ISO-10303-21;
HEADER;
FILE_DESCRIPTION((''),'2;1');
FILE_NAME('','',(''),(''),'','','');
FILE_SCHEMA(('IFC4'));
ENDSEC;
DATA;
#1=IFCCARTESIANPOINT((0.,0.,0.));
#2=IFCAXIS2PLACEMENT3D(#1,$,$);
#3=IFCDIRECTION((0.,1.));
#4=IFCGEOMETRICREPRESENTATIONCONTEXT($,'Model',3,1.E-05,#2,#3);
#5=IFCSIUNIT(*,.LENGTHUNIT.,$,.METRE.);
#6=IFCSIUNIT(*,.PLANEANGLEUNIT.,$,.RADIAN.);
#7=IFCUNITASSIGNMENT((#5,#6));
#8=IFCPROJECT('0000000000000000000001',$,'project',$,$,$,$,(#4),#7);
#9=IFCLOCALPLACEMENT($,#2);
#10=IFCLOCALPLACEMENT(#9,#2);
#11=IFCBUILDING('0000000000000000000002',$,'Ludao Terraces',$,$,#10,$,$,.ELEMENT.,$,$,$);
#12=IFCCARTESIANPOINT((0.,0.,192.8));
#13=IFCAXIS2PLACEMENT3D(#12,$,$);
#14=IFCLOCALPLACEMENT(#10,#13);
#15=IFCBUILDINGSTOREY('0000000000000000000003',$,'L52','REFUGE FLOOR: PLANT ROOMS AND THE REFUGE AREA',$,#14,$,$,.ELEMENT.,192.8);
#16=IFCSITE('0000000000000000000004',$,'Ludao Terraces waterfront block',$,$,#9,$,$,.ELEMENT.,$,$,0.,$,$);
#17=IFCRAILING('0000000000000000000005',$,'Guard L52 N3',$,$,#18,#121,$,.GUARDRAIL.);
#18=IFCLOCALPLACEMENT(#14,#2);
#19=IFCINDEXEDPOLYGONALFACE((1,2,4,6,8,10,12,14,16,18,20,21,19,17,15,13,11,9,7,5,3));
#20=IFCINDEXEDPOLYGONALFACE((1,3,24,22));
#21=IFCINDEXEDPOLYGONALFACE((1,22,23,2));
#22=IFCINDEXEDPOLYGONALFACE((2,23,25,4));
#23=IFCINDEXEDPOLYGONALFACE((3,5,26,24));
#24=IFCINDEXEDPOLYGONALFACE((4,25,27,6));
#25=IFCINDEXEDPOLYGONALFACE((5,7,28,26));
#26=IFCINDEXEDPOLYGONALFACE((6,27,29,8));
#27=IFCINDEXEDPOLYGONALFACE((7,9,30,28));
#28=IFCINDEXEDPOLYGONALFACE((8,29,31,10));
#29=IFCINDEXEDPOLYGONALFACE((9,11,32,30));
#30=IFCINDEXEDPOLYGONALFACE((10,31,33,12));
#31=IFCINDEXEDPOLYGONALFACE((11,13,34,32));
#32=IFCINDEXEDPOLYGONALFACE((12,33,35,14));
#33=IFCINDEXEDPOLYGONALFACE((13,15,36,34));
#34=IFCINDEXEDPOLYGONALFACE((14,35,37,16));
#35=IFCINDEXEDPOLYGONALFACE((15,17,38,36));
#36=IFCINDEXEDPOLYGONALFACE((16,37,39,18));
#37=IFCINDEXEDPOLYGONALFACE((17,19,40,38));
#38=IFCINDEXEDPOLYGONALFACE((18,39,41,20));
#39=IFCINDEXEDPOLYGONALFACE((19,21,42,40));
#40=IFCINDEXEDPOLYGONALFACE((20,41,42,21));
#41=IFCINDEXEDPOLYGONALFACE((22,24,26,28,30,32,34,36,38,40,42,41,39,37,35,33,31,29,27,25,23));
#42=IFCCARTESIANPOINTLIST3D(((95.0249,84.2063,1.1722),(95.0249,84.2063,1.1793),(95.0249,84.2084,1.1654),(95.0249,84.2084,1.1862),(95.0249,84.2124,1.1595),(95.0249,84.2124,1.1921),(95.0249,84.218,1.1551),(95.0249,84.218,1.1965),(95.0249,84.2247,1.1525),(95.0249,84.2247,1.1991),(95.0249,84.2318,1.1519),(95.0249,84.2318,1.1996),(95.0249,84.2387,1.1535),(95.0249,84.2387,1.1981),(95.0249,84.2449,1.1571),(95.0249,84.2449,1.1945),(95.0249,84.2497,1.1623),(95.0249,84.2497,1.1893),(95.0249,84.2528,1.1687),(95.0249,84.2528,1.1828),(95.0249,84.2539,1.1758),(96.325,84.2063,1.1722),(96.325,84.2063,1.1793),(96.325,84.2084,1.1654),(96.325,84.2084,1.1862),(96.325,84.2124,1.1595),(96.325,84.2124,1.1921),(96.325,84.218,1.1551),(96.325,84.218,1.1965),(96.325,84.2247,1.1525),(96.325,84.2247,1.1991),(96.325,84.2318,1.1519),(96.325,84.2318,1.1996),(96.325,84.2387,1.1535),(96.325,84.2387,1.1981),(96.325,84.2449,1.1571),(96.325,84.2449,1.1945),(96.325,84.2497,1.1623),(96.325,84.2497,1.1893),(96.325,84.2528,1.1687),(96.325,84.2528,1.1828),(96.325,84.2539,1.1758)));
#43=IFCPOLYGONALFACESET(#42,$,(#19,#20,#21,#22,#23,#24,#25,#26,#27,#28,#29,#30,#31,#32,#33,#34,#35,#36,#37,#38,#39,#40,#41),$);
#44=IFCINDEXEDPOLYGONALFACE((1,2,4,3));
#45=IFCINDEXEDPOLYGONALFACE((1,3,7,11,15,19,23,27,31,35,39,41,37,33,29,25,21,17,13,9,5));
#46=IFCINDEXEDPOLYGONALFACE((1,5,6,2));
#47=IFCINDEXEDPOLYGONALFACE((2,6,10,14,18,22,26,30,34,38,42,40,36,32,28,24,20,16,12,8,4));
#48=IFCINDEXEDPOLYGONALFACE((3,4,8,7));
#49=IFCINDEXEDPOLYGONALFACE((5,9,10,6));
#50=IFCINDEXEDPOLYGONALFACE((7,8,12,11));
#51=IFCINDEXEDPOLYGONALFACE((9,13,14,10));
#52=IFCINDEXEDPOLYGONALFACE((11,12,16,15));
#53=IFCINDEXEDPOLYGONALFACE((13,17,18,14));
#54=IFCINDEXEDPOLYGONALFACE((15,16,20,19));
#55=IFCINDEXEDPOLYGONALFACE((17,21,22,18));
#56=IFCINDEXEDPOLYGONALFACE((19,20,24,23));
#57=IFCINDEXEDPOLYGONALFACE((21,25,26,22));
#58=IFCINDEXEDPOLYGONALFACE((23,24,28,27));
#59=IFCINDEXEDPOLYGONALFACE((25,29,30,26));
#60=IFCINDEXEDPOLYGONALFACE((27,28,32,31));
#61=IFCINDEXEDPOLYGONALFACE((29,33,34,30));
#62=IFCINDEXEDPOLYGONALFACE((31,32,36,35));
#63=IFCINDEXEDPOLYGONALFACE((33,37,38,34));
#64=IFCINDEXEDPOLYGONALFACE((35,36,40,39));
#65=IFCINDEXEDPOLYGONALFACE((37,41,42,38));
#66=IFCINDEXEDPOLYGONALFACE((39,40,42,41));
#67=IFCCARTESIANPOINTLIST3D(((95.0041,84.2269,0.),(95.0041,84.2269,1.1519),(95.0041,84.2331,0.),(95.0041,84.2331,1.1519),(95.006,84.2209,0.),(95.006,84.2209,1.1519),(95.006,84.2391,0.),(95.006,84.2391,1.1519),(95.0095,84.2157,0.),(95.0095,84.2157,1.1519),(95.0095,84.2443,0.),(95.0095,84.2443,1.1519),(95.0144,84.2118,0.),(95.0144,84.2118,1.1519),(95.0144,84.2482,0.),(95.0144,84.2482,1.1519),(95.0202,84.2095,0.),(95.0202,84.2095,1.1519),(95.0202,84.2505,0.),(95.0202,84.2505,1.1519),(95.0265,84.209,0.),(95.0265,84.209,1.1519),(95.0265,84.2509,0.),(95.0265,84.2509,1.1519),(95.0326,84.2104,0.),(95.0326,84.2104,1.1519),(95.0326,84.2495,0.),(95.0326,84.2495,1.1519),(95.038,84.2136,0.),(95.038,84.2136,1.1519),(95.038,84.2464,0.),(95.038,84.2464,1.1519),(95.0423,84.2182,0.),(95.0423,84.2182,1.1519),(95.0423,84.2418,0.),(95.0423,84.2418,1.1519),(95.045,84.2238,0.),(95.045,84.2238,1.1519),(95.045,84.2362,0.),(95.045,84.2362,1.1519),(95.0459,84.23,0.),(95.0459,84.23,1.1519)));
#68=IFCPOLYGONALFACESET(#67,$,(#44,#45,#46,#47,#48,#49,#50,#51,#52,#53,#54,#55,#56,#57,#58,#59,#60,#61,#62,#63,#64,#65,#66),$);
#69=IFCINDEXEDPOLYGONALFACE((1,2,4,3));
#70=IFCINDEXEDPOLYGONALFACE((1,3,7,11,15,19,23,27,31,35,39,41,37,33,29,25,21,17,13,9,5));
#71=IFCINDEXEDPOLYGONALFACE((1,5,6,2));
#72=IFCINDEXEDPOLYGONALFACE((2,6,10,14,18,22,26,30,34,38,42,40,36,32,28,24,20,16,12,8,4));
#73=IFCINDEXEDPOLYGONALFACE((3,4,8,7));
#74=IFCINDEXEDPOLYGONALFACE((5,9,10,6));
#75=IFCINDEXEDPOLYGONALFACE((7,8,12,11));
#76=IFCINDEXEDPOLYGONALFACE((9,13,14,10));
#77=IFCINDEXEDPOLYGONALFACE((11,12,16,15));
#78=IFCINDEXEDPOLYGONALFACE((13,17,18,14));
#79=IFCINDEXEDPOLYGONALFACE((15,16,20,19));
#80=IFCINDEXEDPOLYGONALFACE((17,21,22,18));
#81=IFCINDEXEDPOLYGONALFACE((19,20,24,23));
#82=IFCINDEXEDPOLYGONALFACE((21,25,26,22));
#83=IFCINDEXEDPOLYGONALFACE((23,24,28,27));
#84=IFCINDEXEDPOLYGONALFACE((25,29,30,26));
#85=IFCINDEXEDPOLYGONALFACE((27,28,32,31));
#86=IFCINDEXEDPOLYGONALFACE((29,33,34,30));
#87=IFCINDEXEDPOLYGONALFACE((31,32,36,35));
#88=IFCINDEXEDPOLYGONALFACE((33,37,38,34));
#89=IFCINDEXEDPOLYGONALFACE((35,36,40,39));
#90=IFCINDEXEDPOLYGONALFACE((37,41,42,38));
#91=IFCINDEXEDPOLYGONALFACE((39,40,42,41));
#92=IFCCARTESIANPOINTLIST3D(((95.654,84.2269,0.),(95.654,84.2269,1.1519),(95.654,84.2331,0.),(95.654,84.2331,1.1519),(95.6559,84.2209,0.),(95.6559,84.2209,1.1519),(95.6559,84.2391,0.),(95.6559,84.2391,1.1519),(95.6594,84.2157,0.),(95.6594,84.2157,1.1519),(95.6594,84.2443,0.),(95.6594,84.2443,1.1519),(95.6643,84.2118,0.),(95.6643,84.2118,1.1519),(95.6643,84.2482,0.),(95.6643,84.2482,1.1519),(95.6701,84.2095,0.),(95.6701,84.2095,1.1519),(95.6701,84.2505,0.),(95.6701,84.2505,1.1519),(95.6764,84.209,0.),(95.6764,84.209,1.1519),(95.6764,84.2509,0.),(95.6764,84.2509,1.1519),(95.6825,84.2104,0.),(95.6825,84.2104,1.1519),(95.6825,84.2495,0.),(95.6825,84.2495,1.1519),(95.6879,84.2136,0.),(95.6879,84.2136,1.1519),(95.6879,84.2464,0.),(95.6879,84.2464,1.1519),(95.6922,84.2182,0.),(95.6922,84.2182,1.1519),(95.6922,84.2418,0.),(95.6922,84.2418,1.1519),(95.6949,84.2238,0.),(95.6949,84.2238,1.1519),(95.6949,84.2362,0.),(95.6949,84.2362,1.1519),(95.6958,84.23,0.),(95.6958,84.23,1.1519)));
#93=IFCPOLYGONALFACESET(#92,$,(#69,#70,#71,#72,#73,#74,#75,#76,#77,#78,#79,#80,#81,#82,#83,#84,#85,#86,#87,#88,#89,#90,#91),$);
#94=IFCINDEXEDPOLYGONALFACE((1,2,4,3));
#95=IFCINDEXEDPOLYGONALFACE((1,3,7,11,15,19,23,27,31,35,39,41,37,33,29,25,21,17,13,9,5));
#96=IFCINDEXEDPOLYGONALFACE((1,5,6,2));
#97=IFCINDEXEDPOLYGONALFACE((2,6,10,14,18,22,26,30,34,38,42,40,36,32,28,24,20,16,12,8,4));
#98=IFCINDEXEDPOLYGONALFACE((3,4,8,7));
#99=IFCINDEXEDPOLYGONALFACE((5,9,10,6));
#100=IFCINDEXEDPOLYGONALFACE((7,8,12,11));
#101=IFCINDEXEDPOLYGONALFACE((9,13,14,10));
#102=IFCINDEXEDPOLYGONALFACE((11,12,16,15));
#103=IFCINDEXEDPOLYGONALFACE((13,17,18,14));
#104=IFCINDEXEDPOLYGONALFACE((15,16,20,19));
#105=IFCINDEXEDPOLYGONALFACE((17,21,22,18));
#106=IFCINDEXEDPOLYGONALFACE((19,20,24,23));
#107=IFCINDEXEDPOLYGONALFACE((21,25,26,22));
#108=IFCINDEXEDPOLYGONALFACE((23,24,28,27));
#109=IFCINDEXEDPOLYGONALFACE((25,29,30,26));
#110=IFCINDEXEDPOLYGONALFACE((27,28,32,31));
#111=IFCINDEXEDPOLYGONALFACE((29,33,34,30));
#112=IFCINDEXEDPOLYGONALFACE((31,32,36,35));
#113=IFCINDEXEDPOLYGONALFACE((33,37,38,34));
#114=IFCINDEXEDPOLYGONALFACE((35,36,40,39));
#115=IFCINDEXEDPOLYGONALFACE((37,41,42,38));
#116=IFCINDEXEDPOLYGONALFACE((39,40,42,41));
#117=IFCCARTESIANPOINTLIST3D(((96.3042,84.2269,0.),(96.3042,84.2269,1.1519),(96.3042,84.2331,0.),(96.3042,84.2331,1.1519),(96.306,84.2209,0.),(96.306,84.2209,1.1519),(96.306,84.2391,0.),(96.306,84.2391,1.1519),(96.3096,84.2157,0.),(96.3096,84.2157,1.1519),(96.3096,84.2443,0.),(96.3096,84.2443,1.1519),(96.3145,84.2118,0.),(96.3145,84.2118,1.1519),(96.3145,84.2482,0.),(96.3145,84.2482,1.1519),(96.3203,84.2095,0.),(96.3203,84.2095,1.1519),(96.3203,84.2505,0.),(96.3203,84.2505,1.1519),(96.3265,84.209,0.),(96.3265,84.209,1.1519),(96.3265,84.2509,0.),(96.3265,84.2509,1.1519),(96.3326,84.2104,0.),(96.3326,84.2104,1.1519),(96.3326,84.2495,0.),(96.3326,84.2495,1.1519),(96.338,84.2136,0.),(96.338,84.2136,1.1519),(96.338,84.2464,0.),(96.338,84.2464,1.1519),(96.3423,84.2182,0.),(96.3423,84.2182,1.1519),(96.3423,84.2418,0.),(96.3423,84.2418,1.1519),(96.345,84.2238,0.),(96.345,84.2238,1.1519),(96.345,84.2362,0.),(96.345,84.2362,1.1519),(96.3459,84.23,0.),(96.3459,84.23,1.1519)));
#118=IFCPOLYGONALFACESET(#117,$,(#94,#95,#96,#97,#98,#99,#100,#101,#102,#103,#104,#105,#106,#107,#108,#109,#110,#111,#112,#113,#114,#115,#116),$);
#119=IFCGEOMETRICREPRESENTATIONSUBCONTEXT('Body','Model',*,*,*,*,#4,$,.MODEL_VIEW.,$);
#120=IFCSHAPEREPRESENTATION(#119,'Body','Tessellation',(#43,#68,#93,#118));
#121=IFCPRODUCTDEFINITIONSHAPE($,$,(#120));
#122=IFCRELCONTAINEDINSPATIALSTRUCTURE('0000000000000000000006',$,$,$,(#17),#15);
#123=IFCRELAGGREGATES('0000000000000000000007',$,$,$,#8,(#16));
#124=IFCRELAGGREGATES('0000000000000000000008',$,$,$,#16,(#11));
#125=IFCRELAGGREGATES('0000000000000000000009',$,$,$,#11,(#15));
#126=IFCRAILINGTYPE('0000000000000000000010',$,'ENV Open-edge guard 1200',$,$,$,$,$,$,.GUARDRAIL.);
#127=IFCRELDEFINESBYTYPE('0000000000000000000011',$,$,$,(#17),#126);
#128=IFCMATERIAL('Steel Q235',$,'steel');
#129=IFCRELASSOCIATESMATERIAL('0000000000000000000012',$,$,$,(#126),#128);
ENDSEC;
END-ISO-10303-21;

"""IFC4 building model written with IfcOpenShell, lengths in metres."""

from ifc_helpers import new_model, si_unit, direction, frame, origin, origin_2d, place, context, subcontext, project, spatial, circle, extrude, material, type_object, element, save


model = new_model("IFC4")

# Units and contexts
model_context = context("Model", 3, precision=1e-05, world=origin(), true_north=direction((0.0, 1.0)))
body_context = subcontext(model_context, "Body", "Model", "MODEL_VIEW")
ifc_project = project(units=[si_unit("LENGTHUNIT", "METRE"), si_unit("PLANEANGLEUNIT", "RADIAN")], contexts=[model_context])

# Site, building, storey
site_placement = place(None, origin())
site = spatial("IfcSite", under=ifc_project, at=site_placement, Name="Ludao Terraces waterfront block", CompositionType="ELEMENT", RefElevation=0.0)
building_placement = place(site_placement, origin())
building = spatial("IfcBuilding", under=site, at=building_placement, Name="Ludao Terraces", CompositionType="ELEMENT")
storey_placement = place(building_placement, frame((0.0, 0.0, 192.8)))
storey = spatial("IfcBuildingStorey", under=building, at=storey_placement, Name="L52", Description="REFUGE FLOOR: PLANT ROOMS AND THE REFUGE AREA", CompositionType="ELEMENT", Elevation=192.8)

# Shared definitions
ifc_material_1 = material(Name="Steel Q235", Category="steel")

# Railing
railing_type_1 = type_object("IfcRailingType", Name="ENV Open-edge guard 1200", PredefinedType="GUARDRAIL", material=ifc_material_1)
railing_1_placement = place(storey_placement, frame((95.0249, 84.23, 0.0)))
element("IfcRailing", 1, at=railing_1_placement, inside=storey, type_object=railing_type_1, Name="Guard L52 N3", PredefinedType="GUARDRAIL", context=body_context, shape_type="SweptSolid", body=[
    extrude(circle(Radius=0.0239, at=origin_2d()), frame((0.0, 0.0, 1.1758), z_axis=(1.0, 0.0, 0.0), x_axis=(0.0, 1.0, 0.0)), (0.0, 0.0, 1.0), 1.3),
    extrude(circle(Radius=0.021, at=origin_2d()), origin(), (0.0, 0.0, 1.0), 1.1519),
    extrude(circle(Radius=0.021, at=origin_2d()), frame((0.6499, 0.0, 0.0)), (0.0, 0.0, 1.0), 1.1519),
    extrude(circle(Radius=0.021, at=origin_2d()), frame((1.3, 0.0, 0.0)), (0.0, 0.0, 1.0), 1.1519),
])

save(model, "model.ifc")
